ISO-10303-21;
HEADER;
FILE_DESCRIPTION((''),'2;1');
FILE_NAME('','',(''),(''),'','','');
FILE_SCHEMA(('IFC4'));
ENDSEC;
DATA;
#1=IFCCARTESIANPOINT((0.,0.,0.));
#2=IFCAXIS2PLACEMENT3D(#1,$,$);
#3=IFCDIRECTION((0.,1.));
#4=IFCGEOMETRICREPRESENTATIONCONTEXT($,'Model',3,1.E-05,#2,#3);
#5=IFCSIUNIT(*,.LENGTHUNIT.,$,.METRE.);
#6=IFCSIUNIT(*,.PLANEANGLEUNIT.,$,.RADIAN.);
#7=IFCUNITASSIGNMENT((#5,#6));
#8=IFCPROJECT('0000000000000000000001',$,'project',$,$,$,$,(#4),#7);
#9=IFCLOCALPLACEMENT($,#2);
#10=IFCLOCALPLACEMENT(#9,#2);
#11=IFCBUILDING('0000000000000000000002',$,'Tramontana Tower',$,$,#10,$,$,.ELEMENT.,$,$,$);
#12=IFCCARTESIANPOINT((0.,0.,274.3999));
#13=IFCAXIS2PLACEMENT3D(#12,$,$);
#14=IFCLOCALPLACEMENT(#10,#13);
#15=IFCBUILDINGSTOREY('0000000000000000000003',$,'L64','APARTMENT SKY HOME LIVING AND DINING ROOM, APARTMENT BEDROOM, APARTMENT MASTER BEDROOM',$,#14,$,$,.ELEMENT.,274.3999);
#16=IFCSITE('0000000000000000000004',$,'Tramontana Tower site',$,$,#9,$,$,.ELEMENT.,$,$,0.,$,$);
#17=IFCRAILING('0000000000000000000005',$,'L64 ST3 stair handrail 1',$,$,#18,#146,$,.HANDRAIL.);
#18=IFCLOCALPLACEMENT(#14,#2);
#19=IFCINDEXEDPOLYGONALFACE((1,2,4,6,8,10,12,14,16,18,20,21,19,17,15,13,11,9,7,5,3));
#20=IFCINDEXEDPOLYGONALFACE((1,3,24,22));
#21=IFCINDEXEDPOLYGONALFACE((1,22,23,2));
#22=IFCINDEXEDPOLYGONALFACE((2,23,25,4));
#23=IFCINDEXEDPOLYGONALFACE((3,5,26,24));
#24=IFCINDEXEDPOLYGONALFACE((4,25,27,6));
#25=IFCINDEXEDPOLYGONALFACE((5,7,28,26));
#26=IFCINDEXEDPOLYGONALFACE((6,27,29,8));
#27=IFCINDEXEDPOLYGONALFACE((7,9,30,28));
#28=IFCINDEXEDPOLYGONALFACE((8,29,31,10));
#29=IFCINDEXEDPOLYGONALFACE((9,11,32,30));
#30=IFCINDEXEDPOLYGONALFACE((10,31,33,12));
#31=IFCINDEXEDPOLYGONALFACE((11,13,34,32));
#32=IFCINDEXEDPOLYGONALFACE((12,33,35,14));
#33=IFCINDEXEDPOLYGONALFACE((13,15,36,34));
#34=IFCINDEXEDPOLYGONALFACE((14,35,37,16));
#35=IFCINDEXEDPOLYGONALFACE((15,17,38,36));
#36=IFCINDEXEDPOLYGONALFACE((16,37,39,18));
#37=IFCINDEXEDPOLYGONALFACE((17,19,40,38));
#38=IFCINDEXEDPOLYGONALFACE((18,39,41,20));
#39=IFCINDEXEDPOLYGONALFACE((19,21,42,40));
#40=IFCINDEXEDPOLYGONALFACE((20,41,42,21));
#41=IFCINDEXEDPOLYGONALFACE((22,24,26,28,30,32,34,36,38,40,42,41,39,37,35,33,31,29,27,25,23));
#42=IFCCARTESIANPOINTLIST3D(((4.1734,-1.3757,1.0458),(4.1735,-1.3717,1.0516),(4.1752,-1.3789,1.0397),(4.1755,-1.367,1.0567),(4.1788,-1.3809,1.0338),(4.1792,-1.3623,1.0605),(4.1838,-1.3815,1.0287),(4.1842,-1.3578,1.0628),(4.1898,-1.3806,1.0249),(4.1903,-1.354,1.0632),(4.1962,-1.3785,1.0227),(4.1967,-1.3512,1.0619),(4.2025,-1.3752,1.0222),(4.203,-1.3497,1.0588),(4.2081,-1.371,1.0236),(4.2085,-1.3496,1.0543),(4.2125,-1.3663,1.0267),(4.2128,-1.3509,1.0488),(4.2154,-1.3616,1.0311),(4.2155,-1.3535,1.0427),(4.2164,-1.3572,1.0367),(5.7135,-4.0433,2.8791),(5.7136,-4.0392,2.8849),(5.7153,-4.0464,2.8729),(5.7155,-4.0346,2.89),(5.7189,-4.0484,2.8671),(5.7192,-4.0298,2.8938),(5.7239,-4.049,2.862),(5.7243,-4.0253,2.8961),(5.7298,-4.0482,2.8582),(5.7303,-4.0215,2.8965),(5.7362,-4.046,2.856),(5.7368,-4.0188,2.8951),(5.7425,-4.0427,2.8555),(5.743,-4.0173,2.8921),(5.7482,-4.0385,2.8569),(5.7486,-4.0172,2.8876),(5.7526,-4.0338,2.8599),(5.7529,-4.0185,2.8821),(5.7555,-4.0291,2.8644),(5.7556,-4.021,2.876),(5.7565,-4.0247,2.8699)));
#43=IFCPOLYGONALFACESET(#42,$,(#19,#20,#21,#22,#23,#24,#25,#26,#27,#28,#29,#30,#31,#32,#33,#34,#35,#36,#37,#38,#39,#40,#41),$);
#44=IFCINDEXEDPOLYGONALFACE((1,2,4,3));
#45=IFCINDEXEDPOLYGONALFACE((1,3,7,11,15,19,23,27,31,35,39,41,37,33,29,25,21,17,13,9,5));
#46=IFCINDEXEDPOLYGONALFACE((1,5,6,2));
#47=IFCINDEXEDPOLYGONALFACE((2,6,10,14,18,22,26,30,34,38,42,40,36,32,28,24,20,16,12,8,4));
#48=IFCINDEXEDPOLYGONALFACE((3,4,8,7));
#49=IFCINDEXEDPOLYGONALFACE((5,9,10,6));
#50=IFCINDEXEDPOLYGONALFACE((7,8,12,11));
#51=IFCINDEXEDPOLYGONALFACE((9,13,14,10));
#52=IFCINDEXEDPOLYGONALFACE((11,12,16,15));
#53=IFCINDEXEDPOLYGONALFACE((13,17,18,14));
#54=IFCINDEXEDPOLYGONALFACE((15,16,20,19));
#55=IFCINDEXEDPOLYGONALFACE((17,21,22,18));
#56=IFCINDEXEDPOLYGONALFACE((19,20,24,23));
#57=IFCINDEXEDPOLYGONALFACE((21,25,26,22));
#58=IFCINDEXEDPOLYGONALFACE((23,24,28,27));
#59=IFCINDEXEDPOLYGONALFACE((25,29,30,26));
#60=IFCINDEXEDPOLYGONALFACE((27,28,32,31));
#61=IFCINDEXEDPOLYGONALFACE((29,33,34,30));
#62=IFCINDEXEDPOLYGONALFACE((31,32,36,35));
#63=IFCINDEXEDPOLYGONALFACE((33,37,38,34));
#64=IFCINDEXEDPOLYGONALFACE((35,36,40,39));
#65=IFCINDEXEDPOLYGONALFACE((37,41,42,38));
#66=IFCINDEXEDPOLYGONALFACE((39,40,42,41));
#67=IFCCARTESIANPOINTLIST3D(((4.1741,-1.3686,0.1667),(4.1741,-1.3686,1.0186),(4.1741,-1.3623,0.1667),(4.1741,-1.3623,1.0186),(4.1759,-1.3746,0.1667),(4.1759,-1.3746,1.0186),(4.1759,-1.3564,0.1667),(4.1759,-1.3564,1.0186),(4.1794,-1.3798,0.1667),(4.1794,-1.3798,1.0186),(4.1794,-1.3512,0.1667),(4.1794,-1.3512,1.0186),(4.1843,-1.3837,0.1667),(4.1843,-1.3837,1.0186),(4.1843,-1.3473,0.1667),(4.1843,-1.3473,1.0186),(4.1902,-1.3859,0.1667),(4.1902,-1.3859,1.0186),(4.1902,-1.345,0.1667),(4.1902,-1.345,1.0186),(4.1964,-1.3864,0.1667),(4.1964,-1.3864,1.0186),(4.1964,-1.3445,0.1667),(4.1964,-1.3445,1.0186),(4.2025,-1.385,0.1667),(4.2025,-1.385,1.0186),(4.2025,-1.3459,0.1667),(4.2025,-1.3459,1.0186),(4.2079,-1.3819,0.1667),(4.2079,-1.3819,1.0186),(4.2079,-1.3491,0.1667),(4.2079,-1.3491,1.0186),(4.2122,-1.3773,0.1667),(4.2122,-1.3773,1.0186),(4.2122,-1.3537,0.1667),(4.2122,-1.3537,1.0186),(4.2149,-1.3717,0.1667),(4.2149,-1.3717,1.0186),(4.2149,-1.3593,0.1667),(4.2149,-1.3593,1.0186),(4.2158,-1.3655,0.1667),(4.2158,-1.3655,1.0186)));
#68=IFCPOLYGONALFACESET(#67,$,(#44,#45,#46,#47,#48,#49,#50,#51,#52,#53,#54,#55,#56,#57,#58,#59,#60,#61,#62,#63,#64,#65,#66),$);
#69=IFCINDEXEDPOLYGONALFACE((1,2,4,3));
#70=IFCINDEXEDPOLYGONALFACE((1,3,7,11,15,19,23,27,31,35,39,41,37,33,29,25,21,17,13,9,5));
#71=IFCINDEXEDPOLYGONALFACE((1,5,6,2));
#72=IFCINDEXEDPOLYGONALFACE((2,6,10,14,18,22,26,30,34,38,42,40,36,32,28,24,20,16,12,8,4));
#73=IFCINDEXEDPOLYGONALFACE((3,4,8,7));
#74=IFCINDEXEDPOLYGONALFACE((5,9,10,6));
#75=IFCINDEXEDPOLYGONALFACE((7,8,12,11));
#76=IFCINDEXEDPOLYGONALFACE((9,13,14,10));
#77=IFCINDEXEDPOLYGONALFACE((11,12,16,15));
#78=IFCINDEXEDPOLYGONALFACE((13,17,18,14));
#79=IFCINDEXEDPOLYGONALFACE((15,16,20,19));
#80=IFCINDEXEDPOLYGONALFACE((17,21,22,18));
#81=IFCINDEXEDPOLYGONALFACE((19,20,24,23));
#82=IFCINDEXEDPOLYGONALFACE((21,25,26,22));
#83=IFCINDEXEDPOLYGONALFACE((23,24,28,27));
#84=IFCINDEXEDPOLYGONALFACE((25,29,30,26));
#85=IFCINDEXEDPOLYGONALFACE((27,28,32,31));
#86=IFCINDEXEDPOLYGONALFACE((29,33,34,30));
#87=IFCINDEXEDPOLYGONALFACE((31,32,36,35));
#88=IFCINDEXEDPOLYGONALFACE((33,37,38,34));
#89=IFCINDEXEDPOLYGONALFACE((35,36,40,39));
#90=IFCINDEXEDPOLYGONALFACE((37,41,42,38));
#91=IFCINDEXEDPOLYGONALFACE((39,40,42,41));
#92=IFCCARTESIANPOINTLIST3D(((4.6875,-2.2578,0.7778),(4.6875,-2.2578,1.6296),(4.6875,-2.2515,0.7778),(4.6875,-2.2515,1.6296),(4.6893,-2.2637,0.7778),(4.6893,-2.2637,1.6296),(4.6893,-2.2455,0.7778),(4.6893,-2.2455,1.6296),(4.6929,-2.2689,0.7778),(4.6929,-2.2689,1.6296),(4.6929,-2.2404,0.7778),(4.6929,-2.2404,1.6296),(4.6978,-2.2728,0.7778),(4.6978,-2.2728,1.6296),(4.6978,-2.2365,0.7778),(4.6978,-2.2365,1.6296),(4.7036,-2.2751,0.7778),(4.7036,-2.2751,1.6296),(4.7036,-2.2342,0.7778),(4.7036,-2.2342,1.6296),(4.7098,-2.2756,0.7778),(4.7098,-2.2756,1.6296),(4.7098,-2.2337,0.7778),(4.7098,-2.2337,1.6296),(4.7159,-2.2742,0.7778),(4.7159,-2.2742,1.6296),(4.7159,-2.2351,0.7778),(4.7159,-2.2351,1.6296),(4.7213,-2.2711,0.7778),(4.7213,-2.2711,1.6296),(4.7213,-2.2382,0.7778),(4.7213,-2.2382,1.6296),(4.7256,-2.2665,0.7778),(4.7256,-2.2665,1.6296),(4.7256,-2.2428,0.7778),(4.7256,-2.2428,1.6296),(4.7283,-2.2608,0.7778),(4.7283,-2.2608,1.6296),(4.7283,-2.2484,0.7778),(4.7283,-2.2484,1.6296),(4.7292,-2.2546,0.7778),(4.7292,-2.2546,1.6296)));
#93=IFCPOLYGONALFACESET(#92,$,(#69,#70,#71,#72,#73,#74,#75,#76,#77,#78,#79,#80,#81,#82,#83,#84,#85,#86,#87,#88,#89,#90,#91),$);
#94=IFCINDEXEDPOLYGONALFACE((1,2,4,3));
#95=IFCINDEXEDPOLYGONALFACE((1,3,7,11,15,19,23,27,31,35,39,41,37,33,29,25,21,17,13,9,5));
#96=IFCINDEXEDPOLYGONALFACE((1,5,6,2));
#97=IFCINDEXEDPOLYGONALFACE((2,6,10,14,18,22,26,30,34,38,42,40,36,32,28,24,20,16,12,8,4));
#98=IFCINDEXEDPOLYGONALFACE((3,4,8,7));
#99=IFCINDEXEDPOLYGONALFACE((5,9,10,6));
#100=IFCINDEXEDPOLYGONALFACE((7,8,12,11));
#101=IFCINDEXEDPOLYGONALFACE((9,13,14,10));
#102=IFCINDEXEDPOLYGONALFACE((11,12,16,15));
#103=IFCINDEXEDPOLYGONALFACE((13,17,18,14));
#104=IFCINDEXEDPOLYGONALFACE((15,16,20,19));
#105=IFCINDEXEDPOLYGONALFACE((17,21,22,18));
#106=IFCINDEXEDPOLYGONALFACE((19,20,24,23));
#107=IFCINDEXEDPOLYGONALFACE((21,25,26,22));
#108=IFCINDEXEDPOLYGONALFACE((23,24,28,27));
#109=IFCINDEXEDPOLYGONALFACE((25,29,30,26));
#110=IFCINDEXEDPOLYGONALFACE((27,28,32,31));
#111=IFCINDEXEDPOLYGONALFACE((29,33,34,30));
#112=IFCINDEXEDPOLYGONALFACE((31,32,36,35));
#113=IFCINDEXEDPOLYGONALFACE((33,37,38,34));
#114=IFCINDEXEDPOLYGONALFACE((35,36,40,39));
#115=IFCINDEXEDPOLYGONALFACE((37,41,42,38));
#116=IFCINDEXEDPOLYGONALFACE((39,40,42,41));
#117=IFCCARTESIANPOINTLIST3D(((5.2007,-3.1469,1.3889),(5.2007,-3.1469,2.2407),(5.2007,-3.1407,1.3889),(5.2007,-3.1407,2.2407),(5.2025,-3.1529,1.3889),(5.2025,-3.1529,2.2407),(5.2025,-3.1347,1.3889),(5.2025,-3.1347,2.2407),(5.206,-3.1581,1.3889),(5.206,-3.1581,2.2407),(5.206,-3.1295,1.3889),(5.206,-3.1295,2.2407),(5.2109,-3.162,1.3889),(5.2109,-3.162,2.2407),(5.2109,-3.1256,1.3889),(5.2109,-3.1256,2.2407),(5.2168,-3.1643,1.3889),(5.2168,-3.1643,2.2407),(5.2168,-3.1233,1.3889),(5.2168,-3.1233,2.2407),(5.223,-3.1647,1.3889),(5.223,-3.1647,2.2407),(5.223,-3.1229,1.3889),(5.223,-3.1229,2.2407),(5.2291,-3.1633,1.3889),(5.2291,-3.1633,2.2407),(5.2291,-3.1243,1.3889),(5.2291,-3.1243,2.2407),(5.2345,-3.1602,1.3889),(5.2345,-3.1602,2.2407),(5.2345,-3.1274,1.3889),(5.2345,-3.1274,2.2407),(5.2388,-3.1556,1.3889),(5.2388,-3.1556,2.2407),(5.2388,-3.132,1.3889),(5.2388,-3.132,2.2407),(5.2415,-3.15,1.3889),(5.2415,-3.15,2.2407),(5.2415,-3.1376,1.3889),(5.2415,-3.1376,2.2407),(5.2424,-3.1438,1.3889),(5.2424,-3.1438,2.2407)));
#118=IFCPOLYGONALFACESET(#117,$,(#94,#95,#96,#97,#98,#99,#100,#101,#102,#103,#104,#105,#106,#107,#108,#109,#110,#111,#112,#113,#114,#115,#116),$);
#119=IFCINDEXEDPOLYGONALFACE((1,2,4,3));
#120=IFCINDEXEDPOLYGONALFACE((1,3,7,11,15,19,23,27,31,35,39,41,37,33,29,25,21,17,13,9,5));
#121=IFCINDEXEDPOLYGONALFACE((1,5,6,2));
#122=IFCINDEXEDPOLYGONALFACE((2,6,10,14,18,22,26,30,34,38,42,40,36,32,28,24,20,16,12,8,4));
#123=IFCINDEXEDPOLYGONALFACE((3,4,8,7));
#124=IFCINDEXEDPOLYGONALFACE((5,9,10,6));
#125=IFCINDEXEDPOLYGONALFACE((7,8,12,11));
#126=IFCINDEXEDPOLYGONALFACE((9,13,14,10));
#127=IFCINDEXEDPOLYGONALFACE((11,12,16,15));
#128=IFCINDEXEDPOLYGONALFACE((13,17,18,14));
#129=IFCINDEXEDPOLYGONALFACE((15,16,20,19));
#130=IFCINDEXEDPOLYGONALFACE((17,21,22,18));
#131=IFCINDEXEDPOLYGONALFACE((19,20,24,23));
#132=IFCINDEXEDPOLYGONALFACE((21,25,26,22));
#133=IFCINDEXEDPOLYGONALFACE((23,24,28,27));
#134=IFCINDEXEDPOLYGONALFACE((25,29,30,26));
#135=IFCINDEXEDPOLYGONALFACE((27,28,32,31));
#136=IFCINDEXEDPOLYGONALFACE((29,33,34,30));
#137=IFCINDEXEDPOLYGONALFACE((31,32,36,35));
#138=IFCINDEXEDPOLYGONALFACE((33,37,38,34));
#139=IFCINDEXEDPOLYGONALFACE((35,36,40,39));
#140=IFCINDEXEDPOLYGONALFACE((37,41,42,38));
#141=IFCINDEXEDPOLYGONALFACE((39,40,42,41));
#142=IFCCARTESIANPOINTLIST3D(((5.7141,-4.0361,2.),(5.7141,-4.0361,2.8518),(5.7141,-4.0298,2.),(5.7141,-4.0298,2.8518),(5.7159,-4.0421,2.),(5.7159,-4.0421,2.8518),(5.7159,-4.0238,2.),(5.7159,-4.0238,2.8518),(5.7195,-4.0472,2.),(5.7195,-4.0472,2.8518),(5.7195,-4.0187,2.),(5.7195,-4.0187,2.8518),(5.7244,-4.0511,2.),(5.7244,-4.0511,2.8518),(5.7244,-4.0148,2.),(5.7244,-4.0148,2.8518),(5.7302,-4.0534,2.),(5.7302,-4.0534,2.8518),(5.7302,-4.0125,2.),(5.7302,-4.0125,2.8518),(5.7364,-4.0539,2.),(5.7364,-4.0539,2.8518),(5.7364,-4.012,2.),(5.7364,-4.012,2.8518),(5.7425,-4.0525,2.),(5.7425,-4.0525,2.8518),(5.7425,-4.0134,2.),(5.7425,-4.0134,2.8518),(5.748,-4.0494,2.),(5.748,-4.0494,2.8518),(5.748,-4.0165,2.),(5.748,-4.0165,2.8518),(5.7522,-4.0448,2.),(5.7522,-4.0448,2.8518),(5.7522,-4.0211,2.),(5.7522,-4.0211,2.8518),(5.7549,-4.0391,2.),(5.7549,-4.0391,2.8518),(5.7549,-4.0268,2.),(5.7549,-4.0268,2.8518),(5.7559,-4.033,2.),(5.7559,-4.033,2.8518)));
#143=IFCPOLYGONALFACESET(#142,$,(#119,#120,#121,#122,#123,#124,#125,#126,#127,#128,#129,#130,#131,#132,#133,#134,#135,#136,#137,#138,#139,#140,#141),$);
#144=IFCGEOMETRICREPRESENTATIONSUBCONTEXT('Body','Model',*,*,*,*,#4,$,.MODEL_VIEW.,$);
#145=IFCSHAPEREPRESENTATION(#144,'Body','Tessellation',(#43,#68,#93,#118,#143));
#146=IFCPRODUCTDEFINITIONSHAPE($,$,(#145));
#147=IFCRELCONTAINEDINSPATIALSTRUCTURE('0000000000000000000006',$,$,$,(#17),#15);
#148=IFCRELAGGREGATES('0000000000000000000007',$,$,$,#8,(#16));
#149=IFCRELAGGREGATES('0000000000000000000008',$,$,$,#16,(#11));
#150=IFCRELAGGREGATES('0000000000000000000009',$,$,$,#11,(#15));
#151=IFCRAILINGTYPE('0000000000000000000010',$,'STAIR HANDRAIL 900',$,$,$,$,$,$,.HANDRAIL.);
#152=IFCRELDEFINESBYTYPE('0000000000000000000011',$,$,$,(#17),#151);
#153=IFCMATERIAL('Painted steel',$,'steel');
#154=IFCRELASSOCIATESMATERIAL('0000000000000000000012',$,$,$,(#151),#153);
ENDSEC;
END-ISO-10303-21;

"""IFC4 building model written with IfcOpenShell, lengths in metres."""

from ifc_helpers import new_model, si_unit, direction, frame, origin, origin_2d, place, context, subcontext, project, spatial, circle, extrude, material, type_object, element, save


model = new_model("IFC4")

# Units and contexts
model_context = context("Model", 3, precision=1e-05, world=origin(), true_north=direction((0.0, 1.0)))
body_context = subcontext(model_context, "Body", "Model", "MODEL_VIEW")
ifc_project = project(units=[si_unit("LENGTHUNIT", "METRE"), si_unit("PLANEANGLEUNIT", "RADIAN")], contexts=[model_context])

# Site, building, storey
site_placement = place(None, origin())
site = spatial("IfcSite", under=ifc_project, at=site_placement, Name="Tramontana Tower site", CompositionType="ELEMENT", RefElevation=0.0)
building_placement = place(site_placement, origin())
building = spatial("IfcBuilding", under=site, at=building_placement, Name="Tramontana Tower", CompositionType="ELEMENT")
storey_placement = place(building_placement, frame((0.0, 0.0, 274.3999)))
storey = spatial("IfcBuildingStorey", under=building, at=storey_placement, Name="L64", Description="APARTMENT SKY HOME LIVING AND DINING ROOM, APARTMENT BEDROOM, APARTMENT MASTER BEDROOM", CompositionType="ELEMENT", Elevation=274.3999)

# Railing
ifc_material_1 = material(Name="Painted steel", Category="steel")
railing_type_1 = type_object("IfcRailingType", Name="STAIR HANDRAIL 900", PredefinedType="HANDRAIL", material=ifc_material_1)
railing_1_placement = place(storey_placement, frame((4.1948, -1.3655, 0.1667)))
element("IfcRailing", 1, at=railing_1_placement, inside=storey, type_object=railing_type_1, Name="L64 ST3 stair handrail 1", PredefinedType="HANDRAIL", context=body_context, shape_type="SweptSolid", body=[
    extrude(circle(Radius=0.0239, at=origin_2d()), frame((0.0, 0.0, 0.876), z_axis=(0.429649, -0.74419, 0.511452), x_axis=(0.86603, 0.499992, 0.0)), (0.0, 0.0, 1.0), 3.5845),
    extrude(circle(Radius=0.021, at=origin_2d()), origin(), (0.0, 0.0, 1.0), 0.8518),
    extrude(circle(Radius=0.021, at=origin_2d()), frame((0.5134, -0.8892, 0.6111)), (0.0, 0.0, 1.0), 0.8518),
    extrude(circle(Radius=0.021, at=origin_2d()), frame((1.0266, -1.7783, 1.2222)), (0.0, 0.0, 1.0), 0.8518),
    extrude(circle(Radius=0.021, at=origin_2d()), frame((1.54, -2.6675, 1.8333)), (0.0, 0.0, 1.0), 0.8518),
])

save(model, "model.ifc")
